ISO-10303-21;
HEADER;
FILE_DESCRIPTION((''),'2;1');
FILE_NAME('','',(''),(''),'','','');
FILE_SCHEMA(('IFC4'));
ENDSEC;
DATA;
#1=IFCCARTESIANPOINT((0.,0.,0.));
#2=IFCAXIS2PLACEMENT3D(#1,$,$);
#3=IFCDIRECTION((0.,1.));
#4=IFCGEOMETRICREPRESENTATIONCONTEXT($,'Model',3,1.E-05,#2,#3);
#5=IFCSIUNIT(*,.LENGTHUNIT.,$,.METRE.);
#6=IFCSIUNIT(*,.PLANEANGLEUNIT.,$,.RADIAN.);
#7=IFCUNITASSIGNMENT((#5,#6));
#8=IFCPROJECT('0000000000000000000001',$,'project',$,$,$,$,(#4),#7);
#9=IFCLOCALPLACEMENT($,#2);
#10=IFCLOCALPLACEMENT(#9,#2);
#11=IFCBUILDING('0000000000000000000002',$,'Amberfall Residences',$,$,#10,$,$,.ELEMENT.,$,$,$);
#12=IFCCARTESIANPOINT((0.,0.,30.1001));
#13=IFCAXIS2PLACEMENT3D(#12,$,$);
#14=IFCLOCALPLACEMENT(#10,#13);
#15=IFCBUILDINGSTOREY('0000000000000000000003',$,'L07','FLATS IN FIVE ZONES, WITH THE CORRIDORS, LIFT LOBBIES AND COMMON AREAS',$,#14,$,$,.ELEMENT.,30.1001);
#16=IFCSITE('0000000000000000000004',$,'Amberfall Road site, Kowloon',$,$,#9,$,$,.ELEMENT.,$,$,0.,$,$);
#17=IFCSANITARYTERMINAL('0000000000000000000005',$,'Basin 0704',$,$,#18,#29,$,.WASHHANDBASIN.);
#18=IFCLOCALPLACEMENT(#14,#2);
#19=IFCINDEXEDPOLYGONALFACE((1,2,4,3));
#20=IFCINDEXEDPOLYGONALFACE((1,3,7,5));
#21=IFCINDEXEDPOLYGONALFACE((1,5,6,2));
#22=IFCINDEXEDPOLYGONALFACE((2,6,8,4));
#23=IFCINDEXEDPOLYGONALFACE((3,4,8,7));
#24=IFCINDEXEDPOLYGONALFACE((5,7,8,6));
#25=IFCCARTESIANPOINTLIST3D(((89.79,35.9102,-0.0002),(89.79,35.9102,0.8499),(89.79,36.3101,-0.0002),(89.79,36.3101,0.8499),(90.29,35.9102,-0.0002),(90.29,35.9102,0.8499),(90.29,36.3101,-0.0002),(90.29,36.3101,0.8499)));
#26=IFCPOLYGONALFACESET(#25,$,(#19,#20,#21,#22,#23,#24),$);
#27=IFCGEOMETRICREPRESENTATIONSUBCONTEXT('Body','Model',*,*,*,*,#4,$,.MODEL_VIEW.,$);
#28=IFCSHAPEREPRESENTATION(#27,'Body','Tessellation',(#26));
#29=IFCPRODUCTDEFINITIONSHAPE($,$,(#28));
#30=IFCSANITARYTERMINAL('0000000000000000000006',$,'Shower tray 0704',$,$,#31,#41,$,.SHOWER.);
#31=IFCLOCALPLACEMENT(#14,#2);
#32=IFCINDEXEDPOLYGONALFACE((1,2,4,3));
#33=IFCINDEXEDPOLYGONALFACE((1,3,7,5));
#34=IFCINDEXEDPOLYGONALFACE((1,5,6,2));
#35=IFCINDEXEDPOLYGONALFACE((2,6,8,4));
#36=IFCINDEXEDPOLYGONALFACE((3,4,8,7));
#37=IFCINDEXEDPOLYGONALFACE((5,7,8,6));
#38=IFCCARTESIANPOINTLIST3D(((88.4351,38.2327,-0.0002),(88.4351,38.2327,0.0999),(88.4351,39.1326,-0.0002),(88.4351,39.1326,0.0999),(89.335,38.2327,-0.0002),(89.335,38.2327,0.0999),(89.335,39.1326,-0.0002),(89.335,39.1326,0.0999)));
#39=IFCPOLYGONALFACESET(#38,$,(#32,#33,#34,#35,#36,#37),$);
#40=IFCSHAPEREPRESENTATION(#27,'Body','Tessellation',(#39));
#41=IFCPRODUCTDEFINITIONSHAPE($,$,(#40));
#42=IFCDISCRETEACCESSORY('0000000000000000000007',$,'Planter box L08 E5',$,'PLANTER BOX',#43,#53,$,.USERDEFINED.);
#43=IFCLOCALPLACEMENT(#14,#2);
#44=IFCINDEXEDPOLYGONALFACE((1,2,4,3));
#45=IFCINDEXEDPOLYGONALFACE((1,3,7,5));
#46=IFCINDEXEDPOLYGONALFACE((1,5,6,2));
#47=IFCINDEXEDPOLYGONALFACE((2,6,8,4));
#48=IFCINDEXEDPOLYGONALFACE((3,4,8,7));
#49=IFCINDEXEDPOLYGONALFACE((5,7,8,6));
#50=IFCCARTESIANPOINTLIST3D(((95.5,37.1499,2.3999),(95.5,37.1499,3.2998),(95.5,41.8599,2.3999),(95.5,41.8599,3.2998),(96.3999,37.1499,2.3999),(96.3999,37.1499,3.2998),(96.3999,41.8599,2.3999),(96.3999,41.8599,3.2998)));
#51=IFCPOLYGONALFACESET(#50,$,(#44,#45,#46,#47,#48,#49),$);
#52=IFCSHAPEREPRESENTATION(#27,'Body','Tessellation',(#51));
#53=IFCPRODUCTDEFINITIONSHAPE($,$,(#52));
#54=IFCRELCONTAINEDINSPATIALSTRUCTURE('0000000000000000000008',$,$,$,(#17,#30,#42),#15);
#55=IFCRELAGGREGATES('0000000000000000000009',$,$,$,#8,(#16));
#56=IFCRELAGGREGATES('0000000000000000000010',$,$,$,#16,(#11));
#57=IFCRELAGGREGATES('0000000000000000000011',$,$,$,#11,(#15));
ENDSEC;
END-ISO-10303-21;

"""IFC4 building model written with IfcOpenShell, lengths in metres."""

from ifc_helpers import new_model, si_unit, direction, frame, origin, origin_2d, place, context, subcontext, project, spatial, rectangle, extrude, element, save


model = new_model("IFC4")

# Units and contexts
model_context = context("Model", 3, precision=1e-05, world=origin(), true_north=direction((0.0, 1.0)))
body_context = subcontext(model_context, "Body", "Model", "MODEL_VIEW")
ifc_project = project(units=[si_unit("LENGTHUNIT", "METRE"), si_unit("PLANEANGLEUNIT", "RADIAN")], contexts=[model_context])

# Site, building, storey
site_placement = place(None, origin())
site = spatial("IfcSite", under=ifc_project, at=site_placement, Name="Amberfall Road site, Kowloon", CompositionType="ELEMENT", RefElevation=0.0)
building_placement = place(site_placement, origin())
building = spatial("IfcBuilding", under=site, at=building_placement, Name="Amberfall Residences", CompositionType="ELEMENT")
storey_placement = place(building_placement, frame((0.0, 0.0, 30.1001)))
storey = spatial("IfcBuildingStorey", under=building, at=storey_placement, Name="L07", Description="FLATS IN FIVE ZONES, WITH THE CORRIDORS, LIFT LOBBIES AND COMMON AREAS", CompositionType="ELEMENT", Elevation=30.1001)

# Sanitary terminals
sanitary_terminal_1_placement = place(storey_placement, frame((90.04, 36.1101, -0.0002), z_axis=(0.0, 0.0, 1.0), x_axis=(1.0, 0.0, 0.0)))
element("IfcSanitaryTerminal", 1, at=sanitary_terminal_1_placement, inside=storey, Name="Basin 0704", PredefinedType="WASHHANDBASIN", context=body_context, shape_type="SweptSolid", body=[
    extrude(rectangle(XDim=0.5, YDim=0.3999, at=origin_2d()), origin(), (0.0, 0.0, 1.0), 0.8501),
])
sanitary_terminal_2_placement = place(storey_placement, frame((88.885, 38.6826, -0.0002), z_axis=(0.0, 0.0, 1.0), x_axis=(1.0, 0.0, 0.0)))
element("IfcSanitaryTerminal", 2, at=sanitary_terminal_2_placement, inside=storey, Name="Shower tray 0704", PredefinedType="SHOWER", context=body_context, shape_type="SweptSolid", body=[
    extrude(rectangle(XDim=0.8999, YDim=0.8999, at=origin_2d()), origin(), (0.0, 0.0, 1.0), 0.1001),
])

# Discrete accessory
discrete_accessory_placement = place(storey_placement, frame((95.95, 39.5049, 2.3999), z_axis=(0.0, 0.0, 1.0), x_axis=(0.0, 1.0, 0.0)))
element("IfcDiscreteAccessory", 3, at=discrete_accessory_placement, inside=storey, Name="Planter box L08 E5", ObjectType="PLANTER BOX", PredefinedType="USERDEFINED", context=body_context, shape_type="SweptSolid", body=[
    extrude(rectangle(XDim=4.71, YDim=0.8999, at=origin_2d()), origin(), (0.0, 0.0, 1.0), 0.8999),
])

save(model, "model.ifc")
